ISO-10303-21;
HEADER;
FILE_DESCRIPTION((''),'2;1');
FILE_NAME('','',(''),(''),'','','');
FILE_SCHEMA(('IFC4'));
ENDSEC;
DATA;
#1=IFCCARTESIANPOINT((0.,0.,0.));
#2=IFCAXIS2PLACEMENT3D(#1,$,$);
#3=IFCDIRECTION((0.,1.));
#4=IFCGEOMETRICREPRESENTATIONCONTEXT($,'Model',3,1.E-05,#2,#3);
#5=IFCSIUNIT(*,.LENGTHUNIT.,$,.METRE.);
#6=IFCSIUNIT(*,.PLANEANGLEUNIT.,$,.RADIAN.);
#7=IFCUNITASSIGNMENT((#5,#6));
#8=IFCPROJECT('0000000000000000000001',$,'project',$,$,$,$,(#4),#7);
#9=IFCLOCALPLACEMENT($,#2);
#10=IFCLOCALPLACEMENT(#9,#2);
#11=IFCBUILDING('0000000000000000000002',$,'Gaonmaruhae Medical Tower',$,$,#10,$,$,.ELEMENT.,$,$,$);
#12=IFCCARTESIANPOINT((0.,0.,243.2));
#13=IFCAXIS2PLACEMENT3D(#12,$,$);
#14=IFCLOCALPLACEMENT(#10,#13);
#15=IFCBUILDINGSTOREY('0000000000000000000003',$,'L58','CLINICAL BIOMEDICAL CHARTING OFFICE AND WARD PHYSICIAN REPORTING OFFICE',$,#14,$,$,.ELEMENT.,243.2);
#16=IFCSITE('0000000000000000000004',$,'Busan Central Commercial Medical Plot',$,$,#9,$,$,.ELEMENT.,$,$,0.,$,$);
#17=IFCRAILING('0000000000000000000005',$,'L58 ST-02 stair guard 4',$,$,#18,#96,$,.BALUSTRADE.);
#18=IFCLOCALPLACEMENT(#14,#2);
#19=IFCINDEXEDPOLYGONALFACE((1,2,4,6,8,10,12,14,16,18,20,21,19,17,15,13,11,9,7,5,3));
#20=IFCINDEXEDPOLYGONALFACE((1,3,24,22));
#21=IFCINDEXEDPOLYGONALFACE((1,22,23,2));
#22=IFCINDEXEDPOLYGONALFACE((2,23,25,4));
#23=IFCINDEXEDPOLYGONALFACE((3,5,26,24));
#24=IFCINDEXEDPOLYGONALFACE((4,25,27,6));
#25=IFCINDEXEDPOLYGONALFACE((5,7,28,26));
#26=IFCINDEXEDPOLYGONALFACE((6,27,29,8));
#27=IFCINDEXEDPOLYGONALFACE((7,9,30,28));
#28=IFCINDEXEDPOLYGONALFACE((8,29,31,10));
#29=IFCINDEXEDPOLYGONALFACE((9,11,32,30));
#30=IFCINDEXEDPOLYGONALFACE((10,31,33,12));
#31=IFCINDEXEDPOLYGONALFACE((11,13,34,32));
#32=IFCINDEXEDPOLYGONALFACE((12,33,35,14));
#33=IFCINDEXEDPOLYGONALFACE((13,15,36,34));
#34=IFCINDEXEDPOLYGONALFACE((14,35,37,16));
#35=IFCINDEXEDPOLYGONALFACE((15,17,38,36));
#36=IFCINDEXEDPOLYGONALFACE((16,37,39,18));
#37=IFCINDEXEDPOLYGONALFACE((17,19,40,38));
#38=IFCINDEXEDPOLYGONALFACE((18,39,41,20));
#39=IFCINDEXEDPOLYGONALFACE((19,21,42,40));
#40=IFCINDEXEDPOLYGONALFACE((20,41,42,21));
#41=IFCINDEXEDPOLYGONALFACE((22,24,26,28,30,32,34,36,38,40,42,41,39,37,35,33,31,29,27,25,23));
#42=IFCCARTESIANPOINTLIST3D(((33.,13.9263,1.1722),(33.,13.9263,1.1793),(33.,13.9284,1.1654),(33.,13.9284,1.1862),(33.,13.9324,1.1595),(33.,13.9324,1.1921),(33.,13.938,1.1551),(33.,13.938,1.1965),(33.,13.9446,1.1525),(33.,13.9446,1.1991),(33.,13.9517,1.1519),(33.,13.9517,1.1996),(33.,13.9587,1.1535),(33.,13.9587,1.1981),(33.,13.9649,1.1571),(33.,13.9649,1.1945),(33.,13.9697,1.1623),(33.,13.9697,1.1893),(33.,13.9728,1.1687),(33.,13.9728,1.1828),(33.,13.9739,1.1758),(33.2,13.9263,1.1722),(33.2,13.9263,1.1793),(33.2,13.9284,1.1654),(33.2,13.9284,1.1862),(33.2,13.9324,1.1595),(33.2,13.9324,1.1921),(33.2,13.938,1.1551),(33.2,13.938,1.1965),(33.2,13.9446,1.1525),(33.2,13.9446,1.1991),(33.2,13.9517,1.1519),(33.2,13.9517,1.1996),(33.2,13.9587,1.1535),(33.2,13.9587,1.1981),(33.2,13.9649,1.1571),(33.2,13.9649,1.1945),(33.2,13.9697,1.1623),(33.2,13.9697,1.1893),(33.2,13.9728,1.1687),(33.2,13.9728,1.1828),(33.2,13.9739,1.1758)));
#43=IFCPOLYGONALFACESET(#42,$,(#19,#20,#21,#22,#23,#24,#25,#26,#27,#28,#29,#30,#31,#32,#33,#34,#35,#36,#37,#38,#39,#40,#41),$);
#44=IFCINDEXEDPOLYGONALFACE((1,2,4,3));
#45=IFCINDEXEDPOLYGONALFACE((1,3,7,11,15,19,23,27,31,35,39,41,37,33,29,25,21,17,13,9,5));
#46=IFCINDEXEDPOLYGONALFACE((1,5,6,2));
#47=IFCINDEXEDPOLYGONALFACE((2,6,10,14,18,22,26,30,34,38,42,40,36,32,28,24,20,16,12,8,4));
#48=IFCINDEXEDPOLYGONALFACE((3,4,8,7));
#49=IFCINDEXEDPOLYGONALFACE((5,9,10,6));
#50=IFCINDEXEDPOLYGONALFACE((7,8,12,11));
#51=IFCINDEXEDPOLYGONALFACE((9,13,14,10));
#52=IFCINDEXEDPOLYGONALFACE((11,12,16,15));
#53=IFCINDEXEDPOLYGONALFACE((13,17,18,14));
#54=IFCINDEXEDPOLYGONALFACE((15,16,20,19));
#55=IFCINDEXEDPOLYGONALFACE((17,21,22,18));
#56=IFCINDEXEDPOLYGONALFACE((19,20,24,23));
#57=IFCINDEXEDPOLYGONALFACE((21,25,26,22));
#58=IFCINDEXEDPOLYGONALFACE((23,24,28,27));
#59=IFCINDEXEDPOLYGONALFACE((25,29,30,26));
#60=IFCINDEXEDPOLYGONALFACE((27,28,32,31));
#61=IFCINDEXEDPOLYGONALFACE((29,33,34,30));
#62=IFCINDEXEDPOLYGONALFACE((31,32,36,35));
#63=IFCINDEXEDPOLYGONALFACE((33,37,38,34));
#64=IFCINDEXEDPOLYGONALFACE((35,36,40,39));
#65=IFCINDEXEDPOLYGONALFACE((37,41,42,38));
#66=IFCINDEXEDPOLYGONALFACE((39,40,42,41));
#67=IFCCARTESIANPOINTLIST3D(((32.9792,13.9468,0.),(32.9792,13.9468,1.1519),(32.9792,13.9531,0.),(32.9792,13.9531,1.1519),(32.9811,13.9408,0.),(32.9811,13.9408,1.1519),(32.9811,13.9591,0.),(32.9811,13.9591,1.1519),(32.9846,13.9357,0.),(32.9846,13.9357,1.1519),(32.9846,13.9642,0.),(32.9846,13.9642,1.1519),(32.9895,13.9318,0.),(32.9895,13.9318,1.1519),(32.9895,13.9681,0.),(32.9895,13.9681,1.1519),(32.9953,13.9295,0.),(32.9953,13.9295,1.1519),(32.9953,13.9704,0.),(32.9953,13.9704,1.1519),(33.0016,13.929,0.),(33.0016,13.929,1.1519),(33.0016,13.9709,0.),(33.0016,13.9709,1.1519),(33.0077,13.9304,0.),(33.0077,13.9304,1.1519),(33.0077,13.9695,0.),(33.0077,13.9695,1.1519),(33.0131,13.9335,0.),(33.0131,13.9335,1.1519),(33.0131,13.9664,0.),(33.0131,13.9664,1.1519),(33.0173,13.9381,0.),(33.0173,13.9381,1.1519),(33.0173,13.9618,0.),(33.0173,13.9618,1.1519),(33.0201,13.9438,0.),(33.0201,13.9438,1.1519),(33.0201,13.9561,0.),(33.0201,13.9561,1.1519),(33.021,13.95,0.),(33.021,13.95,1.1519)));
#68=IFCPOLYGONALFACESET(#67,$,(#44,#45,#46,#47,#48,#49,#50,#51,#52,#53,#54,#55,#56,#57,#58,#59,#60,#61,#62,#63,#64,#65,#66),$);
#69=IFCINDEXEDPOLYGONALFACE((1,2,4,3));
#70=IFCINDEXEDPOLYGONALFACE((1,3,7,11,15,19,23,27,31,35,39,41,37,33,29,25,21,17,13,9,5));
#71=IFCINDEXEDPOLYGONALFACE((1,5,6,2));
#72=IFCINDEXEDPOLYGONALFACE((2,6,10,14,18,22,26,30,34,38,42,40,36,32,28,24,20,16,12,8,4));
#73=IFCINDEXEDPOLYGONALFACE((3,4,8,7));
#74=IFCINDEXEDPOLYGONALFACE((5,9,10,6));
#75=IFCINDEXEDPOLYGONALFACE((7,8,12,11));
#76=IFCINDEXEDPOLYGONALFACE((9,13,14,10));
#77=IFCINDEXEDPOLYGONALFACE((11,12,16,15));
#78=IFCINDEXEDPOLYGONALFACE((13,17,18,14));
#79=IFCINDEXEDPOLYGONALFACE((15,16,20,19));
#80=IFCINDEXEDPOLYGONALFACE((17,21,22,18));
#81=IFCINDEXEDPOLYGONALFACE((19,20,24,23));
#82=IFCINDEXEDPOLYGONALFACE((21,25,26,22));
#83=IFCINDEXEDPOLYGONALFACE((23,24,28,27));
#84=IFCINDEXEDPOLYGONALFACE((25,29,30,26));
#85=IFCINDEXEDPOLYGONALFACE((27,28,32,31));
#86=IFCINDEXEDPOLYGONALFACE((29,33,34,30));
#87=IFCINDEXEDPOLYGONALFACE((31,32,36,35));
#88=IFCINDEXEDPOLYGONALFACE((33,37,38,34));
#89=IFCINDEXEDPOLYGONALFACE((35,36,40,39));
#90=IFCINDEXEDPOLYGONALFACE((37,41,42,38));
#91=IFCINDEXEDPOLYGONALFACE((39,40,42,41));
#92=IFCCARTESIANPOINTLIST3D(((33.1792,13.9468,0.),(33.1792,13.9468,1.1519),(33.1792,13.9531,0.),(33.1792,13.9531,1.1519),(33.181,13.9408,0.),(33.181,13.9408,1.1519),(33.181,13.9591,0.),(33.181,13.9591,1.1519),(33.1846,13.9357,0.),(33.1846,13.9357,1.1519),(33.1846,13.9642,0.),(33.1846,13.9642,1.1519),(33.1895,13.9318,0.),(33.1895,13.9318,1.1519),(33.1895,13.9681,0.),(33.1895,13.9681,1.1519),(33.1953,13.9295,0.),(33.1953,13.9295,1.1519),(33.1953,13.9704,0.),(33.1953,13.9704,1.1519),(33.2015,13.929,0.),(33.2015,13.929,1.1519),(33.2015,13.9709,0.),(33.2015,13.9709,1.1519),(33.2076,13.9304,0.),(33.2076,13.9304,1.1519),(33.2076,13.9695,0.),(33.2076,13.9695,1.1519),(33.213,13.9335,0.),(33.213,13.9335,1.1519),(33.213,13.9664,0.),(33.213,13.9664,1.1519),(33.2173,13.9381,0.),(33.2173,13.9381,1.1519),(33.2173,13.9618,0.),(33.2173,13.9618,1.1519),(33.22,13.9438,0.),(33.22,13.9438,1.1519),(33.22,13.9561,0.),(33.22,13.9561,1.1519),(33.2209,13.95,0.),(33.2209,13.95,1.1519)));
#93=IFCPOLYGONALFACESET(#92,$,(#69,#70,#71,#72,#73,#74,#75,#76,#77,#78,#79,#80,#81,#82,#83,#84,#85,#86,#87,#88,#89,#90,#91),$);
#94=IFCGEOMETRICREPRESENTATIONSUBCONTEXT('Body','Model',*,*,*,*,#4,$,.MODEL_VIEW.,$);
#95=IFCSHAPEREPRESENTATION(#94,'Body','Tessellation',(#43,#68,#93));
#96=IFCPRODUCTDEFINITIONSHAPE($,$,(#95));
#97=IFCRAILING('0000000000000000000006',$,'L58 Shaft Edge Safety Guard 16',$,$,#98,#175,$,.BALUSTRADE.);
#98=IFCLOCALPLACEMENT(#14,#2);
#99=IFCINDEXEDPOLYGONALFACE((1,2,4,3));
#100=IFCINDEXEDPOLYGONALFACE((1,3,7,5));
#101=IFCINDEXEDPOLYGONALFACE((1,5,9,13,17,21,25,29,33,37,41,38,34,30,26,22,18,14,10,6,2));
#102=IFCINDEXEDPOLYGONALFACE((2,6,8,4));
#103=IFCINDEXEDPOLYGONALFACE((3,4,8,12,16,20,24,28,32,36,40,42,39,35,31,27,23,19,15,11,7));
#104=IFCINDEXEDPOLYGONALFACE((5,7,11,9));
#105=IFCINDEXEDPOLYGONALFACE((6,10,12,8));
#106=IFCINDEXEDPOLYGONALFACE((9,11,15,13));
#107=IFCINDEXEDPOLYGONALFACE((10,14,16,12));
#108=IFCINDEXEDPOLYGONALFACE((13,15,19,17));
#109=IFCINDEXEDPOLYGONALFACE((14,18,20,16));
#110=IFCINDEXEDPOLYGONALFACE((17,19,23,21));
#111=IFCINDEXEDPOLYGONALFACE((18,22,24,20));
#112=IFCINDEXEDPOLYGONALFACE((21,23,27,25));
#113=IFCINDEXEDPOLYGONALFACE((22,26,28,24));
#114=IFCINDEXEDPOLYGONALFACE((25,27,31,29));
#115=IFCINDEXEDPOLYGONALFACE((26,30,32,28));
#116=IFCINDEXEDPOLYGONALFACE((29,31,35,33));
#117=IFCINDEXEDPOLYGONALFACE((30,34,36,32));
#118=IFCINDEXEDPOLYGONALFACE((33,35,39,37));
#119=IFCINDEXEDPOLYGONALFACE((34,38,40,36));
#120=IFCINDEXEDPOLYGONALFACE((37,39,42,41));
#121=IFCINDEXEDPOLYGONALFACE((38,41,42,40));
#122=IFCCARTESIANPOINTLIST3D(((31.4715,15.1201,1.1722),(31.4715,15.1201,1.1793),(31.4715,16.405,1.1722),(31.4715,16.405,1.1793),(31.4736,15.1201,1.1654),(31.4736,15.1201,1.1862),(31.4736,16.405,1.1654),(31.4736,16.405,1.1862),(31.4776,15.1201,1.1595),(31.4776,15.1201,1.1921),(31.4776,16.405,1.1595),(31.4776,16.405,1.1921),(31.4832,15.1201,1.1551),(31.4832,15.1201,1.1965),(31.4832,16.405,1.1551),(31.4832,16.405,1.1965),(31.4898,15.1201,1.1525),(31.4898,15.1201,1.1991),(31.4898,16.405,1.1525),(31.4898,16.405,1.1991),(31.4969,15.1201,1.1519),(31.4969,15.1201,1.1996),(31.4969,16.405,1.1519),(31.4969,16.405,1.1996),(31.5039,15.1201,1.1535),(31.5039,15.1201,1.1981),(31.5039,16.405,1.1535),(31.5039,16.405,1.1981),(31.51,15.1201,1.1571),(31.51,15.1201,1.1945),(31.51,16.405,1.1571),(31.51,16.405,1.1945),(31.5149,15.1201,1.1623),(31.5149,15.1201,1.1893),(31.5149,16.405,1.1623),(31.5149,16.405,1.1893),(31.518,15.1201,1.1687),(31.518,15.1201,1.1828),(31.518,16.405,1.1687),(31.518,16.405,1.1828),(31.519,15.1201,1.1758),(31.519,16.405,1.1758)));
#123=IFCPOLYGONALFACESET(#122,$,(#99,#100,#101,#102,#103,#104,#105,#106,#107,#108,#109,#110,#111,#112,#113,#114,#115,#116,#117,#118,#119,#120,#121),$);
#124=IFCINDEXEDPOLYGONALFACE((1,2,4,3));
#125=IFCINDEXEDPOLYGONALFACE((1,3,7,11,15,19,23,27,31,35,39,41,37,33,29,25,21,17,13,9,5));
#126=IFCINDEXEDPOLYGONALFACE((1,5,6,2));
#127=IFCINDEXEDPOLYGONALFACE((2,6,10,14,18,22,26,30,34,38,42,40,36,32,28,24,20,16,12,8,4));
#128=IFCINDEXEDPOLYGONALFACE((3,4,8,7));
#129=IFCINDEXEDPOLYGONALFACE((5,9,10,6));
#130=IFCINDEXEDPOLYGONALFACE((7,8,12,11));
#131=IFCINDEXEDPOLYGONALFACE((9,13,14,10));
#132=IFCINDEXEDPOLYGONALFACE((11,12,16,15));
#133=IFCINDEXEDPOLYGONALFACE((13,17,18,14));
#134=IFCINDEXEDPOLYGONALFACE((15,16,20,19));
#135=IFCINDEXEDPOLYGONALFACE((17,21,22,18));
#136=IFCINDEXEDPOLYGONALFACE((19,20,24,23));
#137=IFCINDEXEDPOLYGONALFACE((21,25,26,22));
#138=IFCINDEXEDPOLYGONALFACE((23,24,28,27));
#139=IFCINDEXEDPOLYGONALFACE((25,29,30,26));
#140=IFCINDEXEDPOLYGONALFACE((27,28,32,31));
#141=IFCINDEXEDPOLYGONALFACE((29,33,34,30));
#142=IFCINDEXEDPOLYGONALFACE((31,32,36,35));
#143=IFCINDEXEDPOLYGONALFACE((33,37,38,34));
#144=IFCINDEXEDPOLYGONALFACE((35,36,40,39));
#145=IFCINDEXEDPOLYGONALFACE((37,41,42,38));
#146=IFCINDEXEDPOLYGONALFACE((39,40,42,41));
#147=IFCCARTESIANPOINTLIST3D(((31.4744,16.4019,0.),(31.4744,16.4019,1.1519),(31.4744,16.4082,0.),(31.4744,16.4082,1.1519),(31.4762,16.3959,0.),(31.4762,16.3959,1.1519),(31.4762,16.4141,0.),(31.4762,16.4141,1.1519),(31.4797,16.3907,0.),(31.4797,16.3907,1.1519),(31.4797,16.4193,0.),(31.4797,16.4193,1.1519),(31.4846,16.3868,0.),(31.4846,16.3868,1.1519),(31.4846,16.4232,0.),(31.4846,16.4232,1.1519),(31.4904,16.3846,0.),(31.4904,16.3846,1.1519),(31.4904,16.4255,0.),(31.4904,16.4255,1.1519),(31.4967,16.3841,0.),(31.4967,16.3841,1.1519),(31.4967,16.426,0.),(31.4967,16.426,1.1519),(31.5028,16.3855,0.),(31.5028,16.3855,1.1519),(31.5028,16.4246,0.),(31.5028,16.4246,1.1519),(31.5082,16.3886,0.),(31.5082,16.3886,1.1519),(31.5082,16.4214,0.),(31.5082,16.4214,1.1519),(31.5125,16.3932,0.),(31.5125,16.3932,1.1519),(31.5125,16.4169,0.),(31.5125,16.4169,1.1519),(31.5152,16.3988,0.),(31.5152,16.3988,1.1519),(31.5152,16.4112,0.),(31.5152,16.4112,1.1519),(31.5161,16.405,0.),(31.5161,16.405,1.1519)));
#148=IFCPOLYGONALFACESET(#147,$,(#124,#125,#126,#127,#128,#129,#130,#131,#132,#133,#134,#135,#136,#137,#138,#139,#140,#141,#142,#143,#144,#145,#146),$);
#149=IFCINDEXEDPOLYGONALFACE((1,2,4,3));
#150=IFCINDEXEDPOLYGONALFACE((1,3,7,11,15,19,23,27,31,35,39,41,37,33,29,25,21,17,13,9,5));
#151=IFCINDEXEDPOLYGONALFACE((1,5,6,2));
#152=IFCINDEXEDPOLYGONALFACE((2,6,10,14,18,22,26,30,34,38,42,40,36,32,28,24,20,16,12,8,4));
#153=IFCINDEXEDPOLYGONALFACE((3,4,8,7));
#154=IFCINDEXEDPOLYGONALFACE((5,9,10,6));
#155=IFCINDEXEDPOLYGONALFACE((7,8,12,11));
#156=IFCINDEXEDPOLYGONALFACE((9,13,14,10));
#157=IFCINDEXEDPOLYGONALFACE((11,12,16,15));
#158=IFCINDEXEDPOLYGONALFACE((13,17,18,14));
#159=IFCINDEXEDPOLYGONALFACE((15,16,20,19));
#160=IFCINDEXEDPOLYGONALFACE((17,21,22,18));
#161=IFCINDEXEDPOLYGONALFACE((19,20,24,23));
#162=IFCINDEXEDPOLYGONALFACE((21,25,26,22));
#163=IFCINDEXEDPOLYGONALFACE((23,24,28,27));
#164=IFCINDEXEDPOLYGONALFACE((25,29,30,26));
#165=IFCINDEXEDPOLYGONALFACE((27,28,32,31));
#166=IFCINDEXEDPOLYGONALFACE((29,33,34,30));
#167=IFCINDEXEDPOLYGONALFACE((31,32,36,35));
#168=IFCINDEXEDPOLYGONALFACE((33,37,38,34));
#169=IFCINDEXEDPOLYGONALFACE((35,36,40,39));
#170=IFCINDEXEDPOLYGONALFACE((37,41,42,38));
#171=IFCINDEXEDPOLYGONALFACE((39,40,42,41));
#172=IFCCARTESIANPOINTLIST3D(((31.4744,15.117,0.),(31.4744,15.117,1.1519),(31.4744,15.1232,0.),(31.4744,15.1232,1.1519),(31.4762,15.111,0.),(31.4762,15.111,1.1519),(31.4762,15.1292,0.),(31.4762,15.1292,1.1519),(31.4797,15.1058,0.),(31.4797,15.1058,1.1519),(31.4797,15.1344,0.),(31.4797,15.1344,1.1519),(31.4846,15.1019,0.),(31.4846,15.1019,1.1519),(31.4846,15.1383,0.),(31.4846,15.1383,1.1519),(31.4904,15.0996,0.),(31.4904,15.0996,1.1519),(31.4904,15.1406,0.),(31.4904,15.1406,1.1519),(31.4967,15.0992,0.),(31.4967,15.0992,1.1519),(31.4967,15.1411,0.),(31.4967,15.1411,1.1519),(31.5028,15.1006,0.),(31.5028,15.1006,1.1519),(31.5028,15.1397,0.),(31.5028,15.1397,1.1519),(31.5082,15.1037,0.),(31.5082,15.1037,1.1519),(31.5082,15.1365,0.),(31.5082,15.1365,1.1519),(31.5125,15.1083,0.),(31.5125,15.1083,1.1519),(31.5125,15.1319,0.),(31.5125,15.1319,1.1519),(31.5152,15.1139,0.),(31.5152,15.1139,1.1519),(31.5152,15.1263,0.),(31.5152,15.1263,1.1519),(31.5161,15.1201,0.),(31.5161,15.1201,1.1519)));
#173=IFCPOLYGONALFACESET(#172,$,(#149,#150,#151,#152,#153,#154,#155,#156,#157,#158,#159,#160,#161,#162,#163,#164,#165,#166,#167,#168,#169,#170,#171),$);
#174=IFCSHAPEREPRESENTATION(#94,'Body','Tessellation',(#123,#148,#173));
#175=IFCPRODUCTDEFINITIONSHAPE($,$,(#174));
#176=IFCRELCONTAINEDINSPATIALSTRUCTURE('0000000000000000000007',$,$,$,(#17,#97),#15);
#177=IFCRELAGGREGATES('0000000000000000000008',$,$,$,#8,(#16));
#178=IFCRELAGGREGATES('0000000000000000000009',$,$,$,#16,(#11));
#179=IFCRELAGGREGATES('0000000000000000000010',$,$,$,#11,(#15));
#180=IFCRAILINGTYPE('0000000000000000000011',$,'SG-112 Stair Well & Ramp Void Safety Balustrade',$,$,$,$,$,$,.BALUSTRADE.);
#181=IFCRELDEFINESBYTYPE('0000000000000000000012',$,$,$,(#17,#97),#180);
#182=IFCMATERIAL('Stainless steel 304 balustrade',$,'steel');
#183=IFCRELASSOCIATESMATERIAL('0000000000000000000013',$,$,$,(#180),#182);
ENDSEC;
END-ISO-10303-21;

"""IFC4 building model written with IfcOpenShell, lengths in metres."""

from ifc_helpers import new_model, si_unit, direction, frame, origin, origin_2d, place, context, subcontext, project, spatial, circle, extrude, material, type_object, element, save


model = new_model("IFC4")

# Units and contexts
model_context = context("Model", 3, precision=1e-05, world=origin(), true_north=direction((0.0, 1.0)))
body_context = subcontext(model_context, "Body", "Model", "MODEL_VIEW")
ifc_project = project(units=[si_unit("LENGTHUNIT", "METRE"), si_unit("PLANEANGLEUNIT", "RADIAN")], contexts=[model_context])

# Site, building, storey
site_placement = place(None, origin())
site = spatial("IfcSite", under=ifc_project, at=site_placement, Name="Busan Central Commercial Medical Plot", CompositionType="ELEMENT", RefElevation=0.0)
building_placement = place(site_placement, origin())
building = spatial("IfcBuilding", under=site, at=building_placement, Name="Gaonmaruhae Medical Tower", CompositionType="ELEMENT")
storey_placement = place(building_placement, frame((0.0, 0.0, 243.2)))
storey = spatial("IfcBuildingStorey", under=building, at=storey_placement, Name="L58", Description="CLINICAL BIOMEDICAL CHARTING OFFICE AND WARD PHYSICIAN REPORTING OFFICE", CompositionType="ELEMENT", Elevation=243.2)

# Railings
ifc_material_1 = material(Name="Stainless steel 304 balustrade", Category="steel")
railing_type_1 = type_object("IfcRailingType", Name="SG-112 Stair Well & Ramp Void Safety Balustrade", PredefinedType="BALUSTRADE", material=ifc_material_1)
railing_1_placement = place(storey_placement, frame((33.0, 13.95, 0.0)))
element("IfcRailing", 1, at=railing_1_placement, inside=storey, type_object=railing_type_1, Name="L58 ST-02 stair guard 4", PredefinedType="BALUSTRADE", context=body_context, shape_type="SweptSolid", body=[
    extrude(circle(Radius=0.0239, at=origin_2d()), frame((0.0, 0.0, 1.1758), z_axis=(1.0, 0.0, 0.0), x_axis=(0.0, 1.0, 0.0)), (0.0, 0.0, 1.0), 0.2),
    extrude(circle(Radius=0.021, at=origin_2d()), origin(), (0.0, 0.0, 1.0), 1.1519),
    extrude(circle(Radius=0.021, at=origin_2d()), frame((0.2, 0.0, 0.0)), (0.0, 0.0, 1.0), 1.1519),
])
railing_2_placement = place(storey_placement, frame((31.4951, 16.405, 0.0)))
element("IfcRailing", 2, at=railing_2_placement, inside=storey, type_object=railing_type_1, Name="L58 Shaft Edge Safety Guard 16", PredefinedType="BALUSTRADE", context=body_context, shape_type="SweptSolid", body=[
    extrude(circle(Radius=0.0239, at=origin_2d()), frame((0.0, 0.0, 1.1758), z_axis=(0.0, -1.0, 0.0), x_axis=(1.0, 0.0, 0.0)), (0.0, 0.0, 1.0), 1.2849),
    extrude(circle(Radius=0.021, at=origin_2d()), origin(), (0.0, 0.0, 1.0), 1.1519),
    extrude(circle(Radius=0.021, at=origin_2d()), frame((0.0, -1.2849, 0.0)), (0.0, 0.0, 1.0), 1.1519),
])

save(model, "model.ifc")
